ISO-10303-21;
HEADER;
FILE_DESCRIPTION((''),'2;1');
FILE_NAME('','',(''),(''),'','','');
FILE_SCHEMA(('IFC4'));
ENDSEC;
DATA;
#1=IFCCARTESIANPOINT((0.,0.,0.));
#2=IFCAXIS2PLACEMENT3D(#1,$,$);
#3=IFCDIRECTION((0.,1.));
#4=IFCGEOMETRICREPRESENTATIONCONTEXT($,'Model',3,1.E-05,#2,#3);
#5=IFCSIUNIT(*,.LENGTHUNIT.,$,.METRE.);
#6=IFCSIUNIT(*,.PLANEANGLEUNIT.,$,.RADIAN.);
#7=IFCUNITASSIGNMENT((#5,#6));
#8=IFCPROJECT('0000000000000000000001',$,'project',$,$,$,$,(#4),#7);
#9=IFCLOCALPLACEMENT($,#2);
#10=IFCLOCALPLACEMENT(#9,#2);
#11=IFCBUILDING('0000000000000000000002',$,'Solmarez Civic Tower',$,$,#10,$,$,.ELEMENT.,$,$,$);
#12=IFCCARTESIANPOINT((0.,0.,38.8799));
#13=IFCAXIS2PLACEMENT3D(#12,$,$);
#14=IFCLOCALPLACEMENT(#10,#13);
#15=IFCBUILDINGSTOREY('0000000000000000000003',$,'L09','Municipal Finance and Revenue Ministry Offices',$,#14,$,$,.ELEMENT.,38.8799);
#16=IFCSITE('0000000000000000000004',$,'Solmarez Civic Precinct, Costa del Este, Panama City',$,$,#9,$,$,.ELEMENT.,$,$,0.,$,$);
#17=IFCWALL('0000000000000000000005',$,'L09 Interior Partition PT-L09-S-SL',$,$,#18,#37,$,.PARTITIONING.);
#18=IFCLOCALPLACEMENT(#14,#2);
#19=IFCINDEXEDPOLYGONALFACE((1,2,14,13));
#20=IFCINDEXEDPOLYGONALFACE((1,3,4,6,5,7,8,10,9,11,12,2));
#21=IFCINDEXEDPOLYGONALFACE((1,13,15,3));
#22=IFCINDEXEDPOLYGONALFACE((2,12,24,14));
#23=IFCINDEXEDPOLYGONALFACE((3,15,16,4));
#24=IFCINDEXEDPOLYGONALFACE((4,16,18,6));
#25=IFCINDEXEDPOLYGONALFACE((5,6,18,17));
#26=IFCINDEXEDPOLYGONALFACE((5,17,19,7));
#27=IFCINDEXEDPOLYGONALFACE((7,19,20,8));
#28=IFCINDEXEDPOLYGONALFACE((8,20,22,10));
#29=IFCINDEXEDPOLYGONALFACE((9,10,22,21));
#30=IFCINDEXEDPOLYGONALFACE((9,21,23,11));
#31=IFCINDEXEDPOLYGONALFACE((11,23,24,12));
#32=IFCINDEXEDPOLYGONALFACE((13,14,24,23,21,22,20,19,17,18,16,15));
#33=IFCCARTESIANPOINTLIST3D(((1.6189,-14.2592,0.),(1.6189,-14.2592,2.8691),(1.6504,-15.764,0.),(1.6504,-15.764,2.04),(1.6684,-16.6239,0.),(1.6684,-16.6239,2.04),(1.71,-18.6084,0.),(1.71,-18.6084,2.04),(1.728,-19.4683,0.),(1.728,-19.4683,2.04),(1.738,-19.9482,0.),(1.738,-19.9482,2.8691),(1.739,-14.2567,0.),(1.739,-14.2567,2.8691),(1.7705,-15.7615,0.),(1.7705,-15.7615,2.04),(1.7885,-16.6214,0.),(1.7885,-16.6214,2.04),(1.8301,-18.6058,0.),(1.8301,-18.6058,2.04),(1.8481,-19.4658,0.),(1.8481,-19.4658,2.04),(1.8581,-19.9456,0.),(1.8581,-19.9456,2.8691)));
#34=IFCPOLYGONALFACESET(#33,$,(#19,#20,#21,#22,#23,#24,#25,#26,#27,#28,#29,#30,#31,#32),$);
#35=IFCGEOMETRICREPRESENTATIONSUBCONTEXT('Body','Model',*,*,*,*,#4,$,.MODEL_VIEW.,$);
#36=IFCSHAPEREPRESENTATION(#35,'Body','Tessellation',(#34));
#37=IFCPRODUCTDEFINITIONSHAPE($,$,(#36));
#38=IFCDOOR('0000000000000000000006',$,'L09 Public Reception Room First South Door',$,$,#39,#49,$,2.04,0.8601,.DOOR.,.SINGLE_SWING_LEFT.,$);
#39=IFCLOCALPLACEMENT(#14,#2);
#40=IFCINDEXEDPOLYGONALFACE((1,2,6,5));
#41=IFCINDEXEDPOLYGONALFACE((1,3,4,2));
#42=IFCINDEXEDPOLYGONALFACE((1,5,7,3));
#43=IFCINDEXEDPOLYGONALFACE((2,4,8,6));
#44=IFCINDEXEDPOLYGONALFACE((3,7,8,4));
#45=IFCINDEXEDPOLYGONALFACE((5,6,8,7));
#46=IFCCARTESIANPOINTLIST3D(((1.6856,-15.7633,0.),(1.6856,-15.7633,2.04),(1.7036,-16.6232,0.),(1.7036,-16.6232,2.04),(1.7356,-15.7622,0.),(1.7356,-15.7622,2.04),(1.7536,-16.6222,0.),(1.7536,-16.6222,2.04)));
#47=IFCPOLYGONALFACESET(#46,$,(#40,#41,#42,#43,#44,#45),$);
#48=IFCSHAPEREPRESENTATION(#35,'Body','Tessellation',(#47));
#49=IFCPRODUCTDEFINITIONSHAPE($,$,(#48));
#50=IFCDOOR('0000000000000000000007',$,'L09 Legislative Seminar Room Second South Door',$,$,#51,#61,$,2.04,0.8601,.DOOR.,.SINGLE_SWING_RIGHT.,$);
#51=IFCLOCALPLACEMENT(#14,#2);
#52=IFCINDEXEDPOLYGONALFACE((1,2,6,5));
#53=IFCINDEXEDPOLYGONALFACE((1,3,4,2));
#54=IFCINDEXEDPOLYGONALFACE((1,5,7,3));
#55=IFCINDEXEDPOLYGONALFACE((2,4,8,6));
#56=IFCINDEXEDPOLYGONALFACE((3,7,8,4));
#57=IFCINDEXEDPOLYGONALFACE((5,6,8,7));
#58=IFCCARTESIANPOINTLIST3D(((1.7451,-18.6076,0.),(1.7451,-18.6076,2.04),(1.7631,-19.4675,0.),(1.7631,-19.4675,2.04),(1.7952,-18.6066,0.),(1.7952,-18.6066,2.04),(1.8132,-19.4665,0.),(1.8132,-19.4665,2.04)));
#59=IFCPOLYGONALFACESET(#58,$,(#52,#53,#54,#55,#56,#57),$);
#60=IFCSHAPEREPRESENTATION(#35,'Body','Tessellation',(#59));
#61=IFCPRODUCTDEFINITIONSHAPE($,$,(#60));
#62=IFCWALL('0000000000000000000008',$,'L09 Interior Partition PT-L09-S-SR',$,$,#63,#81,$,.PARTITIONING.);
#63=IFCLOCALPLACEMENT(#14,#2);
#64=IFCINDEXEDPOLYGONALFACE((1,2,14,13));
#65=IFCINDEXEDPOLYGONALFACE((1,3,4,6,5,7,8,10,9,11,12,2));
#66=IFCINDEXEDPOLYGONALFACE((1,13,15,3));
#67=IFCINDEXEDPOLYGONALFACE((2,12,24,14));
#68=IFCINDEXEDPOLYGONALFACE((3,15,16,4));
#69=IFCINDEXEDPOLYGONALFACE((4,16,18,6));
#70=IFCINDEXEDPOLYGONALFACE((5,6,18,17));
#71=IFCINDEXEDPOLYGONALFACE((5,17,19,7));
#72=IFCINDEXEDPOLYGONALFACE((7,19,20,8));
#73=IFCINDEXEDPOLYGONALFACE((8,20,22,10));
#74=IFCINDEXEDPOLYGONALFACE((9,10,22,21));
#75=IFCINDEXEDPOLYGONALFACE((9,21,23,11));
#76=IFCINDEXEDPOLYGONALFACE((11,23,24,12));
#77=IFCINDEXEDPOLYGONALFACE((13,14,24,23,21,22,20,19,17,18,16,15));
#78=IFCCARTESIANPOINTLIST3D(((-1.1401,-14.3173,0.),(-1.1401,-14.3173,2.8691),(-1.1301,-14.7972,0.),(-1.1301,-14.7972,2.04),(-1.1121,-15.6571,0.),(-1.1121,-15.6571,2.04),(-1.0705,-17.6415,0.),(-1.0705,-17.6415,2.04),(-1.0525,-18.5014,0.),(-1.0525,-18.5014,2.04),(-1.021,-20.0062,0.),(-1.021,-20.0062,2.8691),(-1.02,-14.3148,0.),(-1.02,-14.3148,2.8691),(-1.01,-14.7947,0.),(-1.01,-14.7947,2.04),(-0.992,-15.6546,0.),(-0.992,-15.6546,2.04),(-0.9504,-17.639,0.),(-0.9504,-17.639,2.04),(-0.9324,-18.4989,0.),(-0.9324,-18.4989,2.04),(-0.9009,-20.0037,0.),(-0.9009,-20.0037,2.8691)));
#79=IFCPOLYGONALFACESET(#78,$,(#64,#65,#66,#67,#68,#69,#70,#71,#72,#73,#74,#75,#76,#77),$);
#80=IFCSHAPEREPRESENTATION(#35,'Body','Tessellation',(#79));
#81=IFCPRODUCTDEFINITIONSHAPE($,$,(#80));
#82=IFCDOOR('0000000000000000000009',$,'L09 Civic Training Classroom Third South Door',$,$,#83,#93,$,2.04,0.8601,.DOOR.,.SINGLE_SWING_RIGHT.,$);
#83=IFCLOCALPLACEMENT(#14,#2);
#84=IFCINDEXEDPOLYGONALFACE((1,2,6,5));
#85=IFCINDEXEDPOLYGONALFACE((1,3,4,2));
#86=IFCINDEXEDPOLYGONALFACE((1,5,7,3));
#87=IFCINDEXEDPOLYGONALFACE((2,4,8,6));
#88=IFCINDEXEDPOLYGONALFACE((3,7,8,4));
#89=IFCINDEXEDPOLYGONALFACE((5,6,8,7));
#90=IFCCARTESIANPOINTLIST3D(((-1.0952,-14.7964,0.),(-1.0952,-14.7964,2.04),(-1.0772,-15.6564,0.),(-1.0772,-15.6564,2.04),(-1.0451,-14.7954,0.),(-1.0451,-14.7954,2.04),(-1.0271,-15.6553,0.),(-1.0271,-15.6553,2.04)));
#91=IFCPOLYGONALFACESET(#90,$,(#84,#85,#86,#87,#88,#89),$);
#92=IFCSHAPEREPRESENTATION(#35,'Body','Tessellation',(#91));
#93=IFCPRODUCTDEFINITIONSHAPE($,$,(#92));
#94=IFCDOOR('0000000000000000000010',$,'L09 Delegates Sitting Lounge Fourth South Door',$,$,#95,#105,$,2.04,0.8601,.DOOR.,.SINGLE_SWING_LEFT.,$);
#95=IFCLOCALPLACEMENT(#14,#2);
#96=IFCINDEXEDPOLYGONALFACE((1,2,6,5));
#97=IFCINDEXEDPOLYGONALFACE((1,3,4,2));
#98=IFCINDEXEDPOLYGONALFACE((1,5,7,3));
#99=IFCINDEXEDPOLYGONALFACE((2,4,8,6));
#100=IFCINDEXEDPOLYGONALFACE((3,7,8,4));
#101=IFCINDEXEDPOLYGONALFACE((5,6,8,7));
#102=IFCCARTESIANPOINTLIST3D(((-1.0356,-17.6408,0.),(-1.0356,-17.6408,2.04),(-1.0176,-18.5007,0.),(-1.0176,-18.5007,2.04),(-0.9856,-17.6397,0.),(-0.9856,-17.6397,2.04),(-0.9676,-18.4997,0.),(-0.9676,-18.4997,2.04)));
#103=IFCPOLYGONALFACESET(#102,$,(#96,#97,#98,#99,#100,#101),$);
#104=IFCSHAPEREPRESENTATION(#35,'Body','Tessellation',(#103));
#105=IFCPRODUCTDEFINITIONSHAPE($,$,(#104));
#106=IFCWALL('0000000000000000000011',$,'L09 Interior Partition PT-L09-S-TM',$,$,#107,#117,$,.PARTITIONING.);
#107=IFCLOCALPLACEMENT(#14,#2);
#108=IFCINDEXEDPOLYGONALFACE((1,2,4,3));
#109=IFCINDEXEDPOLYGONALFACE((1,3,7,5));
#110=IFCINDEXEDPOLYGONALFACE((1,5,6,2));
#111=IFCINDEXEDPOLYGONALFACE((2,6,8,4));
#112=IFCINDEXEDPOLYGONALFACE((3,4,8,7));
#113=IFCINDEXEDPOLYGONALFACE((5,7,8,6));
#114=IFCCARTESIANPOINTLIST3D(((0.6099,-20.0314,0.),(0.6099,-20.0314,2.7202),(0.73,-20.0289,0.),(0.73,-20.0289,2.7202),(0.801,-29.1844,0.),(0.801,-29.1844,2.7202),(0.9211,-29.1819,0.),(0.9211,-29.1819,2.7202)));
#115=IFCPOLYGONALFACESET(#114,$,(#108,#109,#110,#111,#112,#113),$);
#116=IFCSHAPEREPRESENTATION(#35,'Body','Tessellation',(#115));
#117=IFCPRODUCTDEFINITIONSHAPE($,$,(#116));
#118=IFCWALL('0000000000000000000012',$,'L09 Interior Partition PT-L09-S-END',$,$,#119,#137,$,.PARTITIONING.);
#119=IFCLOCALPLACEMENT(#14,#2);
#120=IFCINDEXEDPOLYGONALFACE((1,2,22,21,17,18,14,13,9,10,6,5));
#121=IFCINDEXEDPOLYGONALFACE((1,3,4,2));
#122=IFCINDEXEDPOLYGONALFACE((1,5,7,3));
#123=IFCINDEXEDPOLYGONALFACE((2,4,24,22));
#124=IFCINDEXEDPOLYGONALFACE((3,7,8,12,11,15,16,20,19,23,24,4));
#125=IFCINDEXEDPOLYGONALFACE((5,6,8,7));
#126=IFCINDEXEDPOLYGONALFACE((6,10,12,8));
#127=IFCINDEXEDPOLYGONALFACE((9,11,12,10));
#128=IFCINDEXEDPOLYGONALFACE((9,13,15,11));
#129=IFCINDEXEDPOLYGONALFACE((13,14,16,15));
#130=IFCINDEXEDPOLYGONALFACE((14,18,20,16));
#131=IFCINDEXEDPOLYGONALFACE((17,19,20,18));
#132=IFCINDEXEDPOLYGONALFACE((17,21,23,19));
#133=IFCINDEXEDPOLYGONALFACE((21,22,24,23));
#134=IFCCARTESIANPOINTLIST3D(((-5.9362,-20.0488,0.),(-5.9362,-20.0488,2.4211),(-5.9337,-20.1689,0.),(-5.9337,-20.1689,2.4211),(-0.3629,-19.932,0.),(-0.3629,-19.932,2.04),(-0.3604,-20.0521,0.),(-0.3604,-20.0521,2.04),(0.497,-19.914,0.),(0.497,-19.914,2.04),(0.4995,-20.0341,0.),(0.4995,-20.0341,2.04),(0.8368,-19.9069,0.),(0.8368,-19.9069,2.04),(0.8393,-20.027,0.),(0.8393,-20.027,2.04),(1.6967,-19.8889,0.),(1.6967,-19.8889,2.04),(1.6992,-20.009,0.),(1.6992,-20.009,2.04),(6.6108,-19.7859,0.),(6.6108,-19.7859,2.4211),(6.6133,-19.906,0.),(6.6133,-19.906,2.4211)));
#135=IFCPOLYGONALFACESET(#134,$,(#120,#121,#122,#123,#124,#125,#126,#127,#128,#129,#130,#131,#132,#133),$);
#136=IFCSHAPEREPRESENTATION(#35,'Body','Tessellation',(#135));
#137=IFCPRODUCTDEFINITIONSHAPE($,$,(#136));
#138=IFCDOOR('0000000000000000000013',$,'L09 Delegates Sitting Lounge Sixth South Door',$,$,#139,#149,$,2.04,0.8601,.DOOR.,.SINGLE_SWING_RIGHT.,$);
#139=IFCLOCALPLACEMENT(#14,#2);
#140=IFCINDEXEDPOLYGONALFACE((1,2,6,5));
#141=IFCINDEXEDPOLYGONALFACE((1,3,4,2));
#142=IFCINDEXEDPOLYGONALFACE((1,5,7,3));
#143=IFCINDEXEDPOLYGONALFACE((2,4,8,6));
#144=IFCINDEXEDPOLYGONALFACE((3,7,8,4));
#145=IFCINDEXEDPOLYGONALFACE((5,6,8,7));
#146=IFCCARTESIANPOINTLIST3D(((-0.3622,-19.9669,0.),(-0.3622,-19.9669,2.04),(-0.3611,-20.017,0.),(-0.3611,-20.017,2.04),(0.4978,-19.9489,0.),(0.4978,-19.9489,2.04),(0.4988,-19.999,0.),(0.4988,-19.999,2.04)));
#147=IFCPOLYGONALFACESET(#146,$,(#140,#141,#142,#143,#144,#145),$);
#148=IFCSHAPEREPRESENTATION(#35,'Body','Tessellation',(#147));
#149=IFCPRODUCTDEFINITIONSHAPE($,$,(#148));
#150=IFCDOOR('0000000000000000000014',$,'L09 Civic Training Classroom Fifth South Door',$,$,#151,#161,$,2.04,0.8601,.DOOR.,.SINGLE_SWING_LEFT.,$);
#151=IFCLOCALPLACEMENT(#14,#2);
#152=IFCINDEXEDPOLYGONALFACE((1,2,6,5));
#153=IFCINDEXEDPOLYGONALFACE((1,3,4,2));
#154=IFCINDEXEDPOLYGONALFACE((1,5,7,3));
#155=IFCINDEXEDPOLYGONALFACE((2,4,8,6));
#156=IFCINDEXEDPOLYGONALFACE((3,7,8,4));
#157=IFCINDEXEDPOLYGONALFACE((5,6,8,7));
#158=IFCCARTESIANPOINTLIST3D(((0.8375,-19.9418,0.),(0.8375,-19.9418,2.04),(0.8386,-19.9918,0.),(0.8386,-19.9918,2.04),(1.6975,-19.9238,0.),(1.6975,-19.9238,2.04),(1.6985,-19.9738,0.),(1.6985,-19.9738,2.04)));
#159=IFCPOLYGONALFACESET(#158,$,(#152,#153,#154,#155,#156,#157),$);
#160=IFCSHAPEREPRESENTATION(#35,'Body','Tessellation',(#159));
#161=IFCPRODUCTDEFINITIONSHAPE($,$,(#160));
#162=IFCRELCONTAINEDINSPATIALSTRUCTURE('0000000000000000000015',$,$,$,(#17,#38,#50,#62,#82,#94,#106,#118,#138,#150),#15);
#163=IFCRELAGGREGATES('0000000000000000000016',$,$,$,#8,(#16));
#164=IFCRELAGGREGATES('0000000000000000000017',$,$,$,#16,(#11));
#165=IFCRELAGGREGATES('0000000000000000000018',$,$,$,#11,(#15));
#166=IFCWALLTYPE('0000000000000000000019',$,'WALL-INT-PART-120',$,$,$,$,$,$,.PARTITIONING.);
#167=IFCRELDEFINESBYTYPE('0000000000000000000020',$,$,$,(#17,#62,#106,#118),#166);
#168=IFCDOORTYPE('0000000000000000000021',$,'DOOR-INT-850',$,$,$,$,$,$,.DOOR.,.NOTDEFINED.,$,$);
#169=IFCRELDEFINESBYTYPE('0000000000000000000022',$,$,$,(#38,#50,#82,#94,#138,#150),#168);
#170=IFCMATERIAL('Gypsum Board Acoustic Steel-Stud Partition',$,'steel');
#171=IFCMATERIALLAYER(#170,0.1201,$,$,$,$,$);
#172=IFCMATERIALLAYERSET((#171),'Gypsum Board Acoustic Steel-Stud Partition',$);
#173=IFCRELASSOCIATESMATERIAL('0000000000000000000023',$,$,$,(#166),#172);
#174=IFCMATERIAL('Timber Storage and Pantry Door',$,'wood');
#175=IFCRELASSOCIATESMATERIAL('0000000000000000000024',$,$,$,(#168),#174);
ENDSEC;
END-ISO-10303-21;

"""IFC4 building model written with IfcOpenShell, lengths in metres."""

from ifc_helpers import new_model, si_unit, direction, frame, frame_2d, origin, place, context, subcontext, project, spatial, rectangle, extrude, material, layer, layer_set, type_object, element, fill, save


model = new_model("IFC4")

# Units and contexts
model_context = context("Model", 3, precision=1e-05, world=origin(), true_north=direction((0.0, 1.0)))
body_context = subcontext(model_context, "Body", "Model", "MODEL_VIEW")
ifc_project = project(units=[si_unit("LENGTHUNIT", "METRE"), si_unit("PLANEANGLEUNIT", "RADIAN")], contexts=[model_context])

# Site, building, storey
site_placement = place(None, origin())
site = spatial("IfcSite", under=ifc_project, at=site_placement, Name="Solmarez Civic Precinct, Costa del Este, Panama City", CompositionType="ELEMENT", RefElevation=0.0)
building_placement = place(site_placement, origin())
building = spatial("IfcBuilding", under=site, at=building_placement, Name="Solmarez Civic Tower", CompositionType="ELEMENT")
storey_placement = place(building_placement, frame((0.0, 0.0, 38.8799)))
storey = spatial("IfcBuildingStorey", under=building, at=storey_placement, Name="L09", Description="Municipal Finance and Revenue Ministry Offices", CompositionType="ELEMENT", Elevation=38.8799)

# Shared definitions
ifc_material_1 = material(Name="Gypsum Board Acoustic Steel-Stud Partition", Category="steel")
ifc_layer_1 = layer(ifc_material_1, 0.1201)
ifc_layer_set_1 = layer_set([ifc_layer_1], Name="Gypsum Board Acoustic Steel-Stud Partition")
wall_type_1 = type_object("IfcWallType", Name="WALL-INT-PART-120", PredefinedType="PARTITIONING", material=ifc_layer_set_1)

# Walls, openings, doors
wall_1_placement = place(storey_placement, frame((1.7981, -19.947, 0.0), z_axis=(0.0, 0.0, 1.0), x_axis=(-0.020938, 0.999781, 0.0)))
wall_1 = element("IfcWall", 1, at=wall_1_placement, inside=storey, type_object=wall_type_1, Name="L09 Interior Partition PT-L09-S-SL", PredefinedType="PARTITIONING", context=body_context, shape_type="SweptSolid", body=[
    extrude(rectangle(XDim=5.6902, YDim=0.1201, at=frame_2d((2.8452, 0.0))), origin(), (0.0, 0.0, 1.0), 2.8691),
])
opening_1_placement = place(wall_1_placement, frame((3.325, 0.0, 0.0)))
opening_1 = element("IfcOpeningElement", 2, at=opening_1_placement, cuts=wall_1, PredefinedType="OPENING", context=body_context, shape_type="SweptSolid", body=[
    extrude(rectangle(XDim=0.8601, YDim=2.04, at=frame_2d((0.4302, 1.02))), frame((0.0, 0.0701, 0.0), z_axis=(0.0, -1.0, 0.0), x_axis=(1.0, 0.0, 0.0)), (0.0, 0.0, 1.0), 0.1401),
])
opening_2_placement = place(wall_1_placement, frame((0.48, 0.0, 0.0)))
opening_2 = element("IfcOpeningElement", 3, at=opening_2_placement, cuts=wall_1, PredefinedType="OPENING", context=body_context, shape_type="SweptSolid", body=[
    extrude(rectangle(XDim=0.8601, YDim=2.04, at=frame_2d((0.4302, 1.02))), frame((0.0, 0.0701, 0.0), z_axis=(0.0, -1.0, 0.0), x_axis=(1.0, 0.0, 0.0)), (0.0, 0.0, 1.0), 0.1401),
])
ifc_material_2 = material(Name="Timber Storage and Pantry Door", Category="wood")
door_type = type_object("IfcDoorType", Name="DOOR-INT-850", OperationType="NOTDEFINED", PredefinedType="DOOR", material=ifc_material_2)
door_1_placement = place(opening_1_placement, origin())
door_1 = element("IfcDoor", 4, at=door_1_placement, inside=storey, type_object=door_type, Name="L09 Public Reception Room First South Door", OperationType="SINGLE_SWING_LEFT", OverallHeight=2.04, OverallWidth=0.8601, PredefinedType="DOOR", context=body_context, shape_type="SweptSolid", body=[
    extrude(rectangle(XDim=0.8601, YDim=2.04, at=frame_2d((0.4302, 1.02))), frame((0.0, 0.0249, 0.0), z_axis=(0.0, -1.0, 0.0), x_axis=(1.0, 0.0, 0.0)), (0.0, 0.0, 1.0), 0.05),
])
fill(opening_1, door_1)
door_2_placement = place(opening_2_placement, origin())
door_2 = element("IfcDoor", 5, at=door_2_placement, inside=storey, type_object=door_type, Name="L09 Legislative Seminar Room Second South Door", OperationType="SINGLE_SWING_RIGHT", OverallHeight=2.04, OverallWidth=0.8601, PredefinedType="DOOR", context=body_context, shape_type="SweptSolid", body=[
    extrude(rectangle(XDim=0.8601, YDim=2.04, at=frame_2d((0.4302, 1.02))), frame((0.0, 0.0249, 0.0), z_axis=(0.0, -1.0, 0.0), x_axis=(1.0, 0.0, 0.0)), (0.0, 0.0, 1.0), 0.05),
])
fill(opening_2, door_2)
wall_2_placement = place(storey_placement, frame((-1.0801, -14.3159, 0.0), z_axis=(0.0, 0.0, 1.0), x_axis=(0.020938, -0.999781, 0.0)))
wall_2 = element("IfcWall", 6, at=wall_2_placement, inside=storey, type_object=wall_type_1, Name="L09 Interior Partition PT-L09-S-SR", PredefinedType="PARTITIONING", context=body_context, shape_type="SweptSolid", body=[
    extrude(rectangle(XDim=5.6902, YDim=0.1201, at=frame_2d((2.8452, 0.0))), origin(), (0.0, 0.0, 1.0), 2.8691),
])
opening_3_placement = place(wall_2_placement, frame((0.48, 0.0, 0.0)))
opening_3 = element("IfcOpeningElement", 7, at=opening_3_placement, cuts=wall_2, PredefinedType="OPENING", context=body_context, shape_type="SweptSolid", body=[
    extrude(rectangle(XDim=0.8601, YDim=2.04, at=frame_2d((0.4302, 1.02))), frame((0.0, 0.0701, 0.0), z_axis=(0.0, -1.0, 0.0), x_axis=(1.0, 0.0, 0.0)), (0.0, 0.0, 1.0), 0.1401),
])
opening_4_placement = place(wall_2_placement, frame((3.325, 0.0, 0.0)))
opening_4 = element("IfcOpeningElement", 8, at=opening_4_placement, cuts=wall_2, PredefinedType="OPENING", context=body_context, shape_type="SweptSolid", body=[
    extrude(rectangle(XDim=0.8601, YDim=2.04, at=frame_2d((0.4302, 1.02))), frame((0.0, 0.0701, 0.0), z_axis=(0.0, -1.0, 0.0), x_axis=(1.0, 0.0, 0.0)), (0.0, 0.0, 1.0), 0.1401),
])
door_3_placement = place(opening_3_placement, origin())
door_3 = element("IfcDoor", 9, at=door_3_placement, inside=storey, type_object=door_type, Name="L09 Civic Training Classroom Third South Door", OperationType="SINGLE_SWING_RIGHT", OverallHeight=2.04, OverallWidth=0.8601, PredefinedType="DOOR", context=body_context, shape_type="SweptSolid", body=[
    extrude(rectangle(XDim=0.8601, YDim=2.04, at=frame_2d((0.4302, 1.02))), frame((0.0, 0.0249, 0.0), z_axis=(0.0, -1.0, 0.0), x_axis=(1.0, 0.0, 0.0)), (0.0, 0.0, 1.0), 0.05),
])
fill(opening_3, door_3)
door_4_placement = place(opening_4_placement, origin())
door_4 = element("IfcDoor", 10, at=door_4_placement, inside=storey, type_object=door_type, Name="L09 Delegates Sitting Lounge Fourth South Door", OperationType="SINGLE_SWING_LEFT", OverallHeight=2.04, OverallWidth=0.8601, PredefinedType="DOOR", context=body_context, shape_type="SweptSolid", body=[
    extrude(rectangle(XDim=0.8601, YDim=2.04, at=frame_2d((0.4302, 1.02))), frame((0.0, 0.0249, 0.0), z_axis=(0.0, -1.0, 0.0), x_axis=(1.0, 0.0, 0.0)), (0.0, 0.0, 1.0), 0.05),
])
fill(opening_4, door_4)

# Wall
wall_3_placement = place(storey_placement, frame((0.6699, -20.03, 0.0), z_axis=(0.0, 0.0, 1.0), x_axis=(0.02088, -0.999782, 0.0)))
element("IfcWall", 11, at=wall_3_placement, inside=storey, type_object=wall_type_1, Name="L09 Interior Partition PT-L09-S-TM", PredefinedType="PARTITIONING", context=body_context, shape_type="SweptSolid", body=[
    extrude(rectangle(XDim=9.155, YDim=0.1201, at=frame_2d((4.5776, 0.0))), origin(), (0.0, 0.0, 1.0), 2.7202),
])

# Wall, openings, doors
wall_4_placement = place(storey_placement, frame((6.6121, -19.8459, 0.0), z_axis=(0.0, 0.0, 1.0), x_axis=(-0.99978, -0.020952, 0.0)))
wall_4 = element("IfcWall", 12, at=wall_4_placement, inside=storey, type_object=wall_type_1, Name="L09 Interior Partition PT-L09-S-END", PredefinedType="PARTITIONING", context=body_context, shape_type="SweptSolid", body=[
    extrude(rectangle(XDim=12.5498, YDim=0.1201, at=frame_2d((6.2749, 0.0))), origin(), (0.0, 0.0, 1.0), 2.4211),
])
opening_5_placement = place(wall_4_placement, frame((6.115, 0.0, 0.0)))
opening_5 = element("IfcOpeningElement", 13, at=opening_5_placement, cuts=wall_4, PredefinedType="OPENING", context=body_context, shape_type="SweptSolid", body=[
    extrude(rectangle(XDim=0.8601, YDim=2.04, at=frame_2d((0.4302, 1.02))), frame((0.0, 0.0701, 0.0), z_axis=(0.0, -1.0, 0.0), x_axis=(1.0, 0.0, 0.0)), (0.0, 0.0, 1.0), 0.1401),
])
opening_6_placement = place(wall_4_placement, frame((4.915, 0.0, 0.0)))
opening_6 = element("IfcOpeningElement", 14, at=opening_6_placement, cuts=wall_4, PredefinedType="OPENING", context=body_context, shape_type="SweptSolid", body=[
    extrude(rectangle(XDim=0.8601, YDim=2.04, at=frame_2d((0.4302, 1.02))), frame((0.0, 0.0701, 0.0), z_axis=(0.0, -1.0, 0.0), x_axis=(1.0, 0.0, 0.0)), (0.0, 0.0, 1.0), 0.1401),
])
door_5_placement = place(opening_5_placement, origin())
door_5 = element("IfcDoor", 15, at=door_5_placement, inside=storey, type_object=door_type, Name="L09 Delegates Sitting Lounge Sixth South Door", OperationType="SINGLE_SWING_RIGHT", OverallHeight=2.04, OverallWidth=0.8601, PredefinedType="DOOR", context=body_context, shape_type="SweptSolid", body=[
    extrude(rectangle(XDim=0.8601, YDim=2.04, at=frame_2d((0.4302, 1.02))), frame((0.0, 0.0249, 0.0), z_axis=(0.0, -1.0, 0.0), x_axis=(1.0, 0.0, 0.0)), (0.0, 0.0, 1.0), 0.05),
])
fill(opening_5, door_5)
door_6_placement = place(opening_6_placement, origin())
door_6 = element("IfcDoor", 16, at=door_6_placement, inside=storey, type_object=door_type, Name="L09 Civic Training Classroom Fifth South Door", OperationType="SINGLE_SWING_LEFT", OverallHeight=2.04, OverallWidth=0.8601, PredefinedType="DOOR", context=body_context, shape_type="SweptSolid", body=[
    extrude(rectangle(XDim=0.8601, YDim=2.04, at=frame_2d((0.4302, 1.02))), frame((0.0, 0.0249, 0.0), z_axis=(0.0, -1.0, 0.0), x_axis=(1.0, 0.0, 0.0)), (0.0, 0.0, 1.0), 0.05),
])
fill(opening_6, door_6)

save(model, "model.ifc")
